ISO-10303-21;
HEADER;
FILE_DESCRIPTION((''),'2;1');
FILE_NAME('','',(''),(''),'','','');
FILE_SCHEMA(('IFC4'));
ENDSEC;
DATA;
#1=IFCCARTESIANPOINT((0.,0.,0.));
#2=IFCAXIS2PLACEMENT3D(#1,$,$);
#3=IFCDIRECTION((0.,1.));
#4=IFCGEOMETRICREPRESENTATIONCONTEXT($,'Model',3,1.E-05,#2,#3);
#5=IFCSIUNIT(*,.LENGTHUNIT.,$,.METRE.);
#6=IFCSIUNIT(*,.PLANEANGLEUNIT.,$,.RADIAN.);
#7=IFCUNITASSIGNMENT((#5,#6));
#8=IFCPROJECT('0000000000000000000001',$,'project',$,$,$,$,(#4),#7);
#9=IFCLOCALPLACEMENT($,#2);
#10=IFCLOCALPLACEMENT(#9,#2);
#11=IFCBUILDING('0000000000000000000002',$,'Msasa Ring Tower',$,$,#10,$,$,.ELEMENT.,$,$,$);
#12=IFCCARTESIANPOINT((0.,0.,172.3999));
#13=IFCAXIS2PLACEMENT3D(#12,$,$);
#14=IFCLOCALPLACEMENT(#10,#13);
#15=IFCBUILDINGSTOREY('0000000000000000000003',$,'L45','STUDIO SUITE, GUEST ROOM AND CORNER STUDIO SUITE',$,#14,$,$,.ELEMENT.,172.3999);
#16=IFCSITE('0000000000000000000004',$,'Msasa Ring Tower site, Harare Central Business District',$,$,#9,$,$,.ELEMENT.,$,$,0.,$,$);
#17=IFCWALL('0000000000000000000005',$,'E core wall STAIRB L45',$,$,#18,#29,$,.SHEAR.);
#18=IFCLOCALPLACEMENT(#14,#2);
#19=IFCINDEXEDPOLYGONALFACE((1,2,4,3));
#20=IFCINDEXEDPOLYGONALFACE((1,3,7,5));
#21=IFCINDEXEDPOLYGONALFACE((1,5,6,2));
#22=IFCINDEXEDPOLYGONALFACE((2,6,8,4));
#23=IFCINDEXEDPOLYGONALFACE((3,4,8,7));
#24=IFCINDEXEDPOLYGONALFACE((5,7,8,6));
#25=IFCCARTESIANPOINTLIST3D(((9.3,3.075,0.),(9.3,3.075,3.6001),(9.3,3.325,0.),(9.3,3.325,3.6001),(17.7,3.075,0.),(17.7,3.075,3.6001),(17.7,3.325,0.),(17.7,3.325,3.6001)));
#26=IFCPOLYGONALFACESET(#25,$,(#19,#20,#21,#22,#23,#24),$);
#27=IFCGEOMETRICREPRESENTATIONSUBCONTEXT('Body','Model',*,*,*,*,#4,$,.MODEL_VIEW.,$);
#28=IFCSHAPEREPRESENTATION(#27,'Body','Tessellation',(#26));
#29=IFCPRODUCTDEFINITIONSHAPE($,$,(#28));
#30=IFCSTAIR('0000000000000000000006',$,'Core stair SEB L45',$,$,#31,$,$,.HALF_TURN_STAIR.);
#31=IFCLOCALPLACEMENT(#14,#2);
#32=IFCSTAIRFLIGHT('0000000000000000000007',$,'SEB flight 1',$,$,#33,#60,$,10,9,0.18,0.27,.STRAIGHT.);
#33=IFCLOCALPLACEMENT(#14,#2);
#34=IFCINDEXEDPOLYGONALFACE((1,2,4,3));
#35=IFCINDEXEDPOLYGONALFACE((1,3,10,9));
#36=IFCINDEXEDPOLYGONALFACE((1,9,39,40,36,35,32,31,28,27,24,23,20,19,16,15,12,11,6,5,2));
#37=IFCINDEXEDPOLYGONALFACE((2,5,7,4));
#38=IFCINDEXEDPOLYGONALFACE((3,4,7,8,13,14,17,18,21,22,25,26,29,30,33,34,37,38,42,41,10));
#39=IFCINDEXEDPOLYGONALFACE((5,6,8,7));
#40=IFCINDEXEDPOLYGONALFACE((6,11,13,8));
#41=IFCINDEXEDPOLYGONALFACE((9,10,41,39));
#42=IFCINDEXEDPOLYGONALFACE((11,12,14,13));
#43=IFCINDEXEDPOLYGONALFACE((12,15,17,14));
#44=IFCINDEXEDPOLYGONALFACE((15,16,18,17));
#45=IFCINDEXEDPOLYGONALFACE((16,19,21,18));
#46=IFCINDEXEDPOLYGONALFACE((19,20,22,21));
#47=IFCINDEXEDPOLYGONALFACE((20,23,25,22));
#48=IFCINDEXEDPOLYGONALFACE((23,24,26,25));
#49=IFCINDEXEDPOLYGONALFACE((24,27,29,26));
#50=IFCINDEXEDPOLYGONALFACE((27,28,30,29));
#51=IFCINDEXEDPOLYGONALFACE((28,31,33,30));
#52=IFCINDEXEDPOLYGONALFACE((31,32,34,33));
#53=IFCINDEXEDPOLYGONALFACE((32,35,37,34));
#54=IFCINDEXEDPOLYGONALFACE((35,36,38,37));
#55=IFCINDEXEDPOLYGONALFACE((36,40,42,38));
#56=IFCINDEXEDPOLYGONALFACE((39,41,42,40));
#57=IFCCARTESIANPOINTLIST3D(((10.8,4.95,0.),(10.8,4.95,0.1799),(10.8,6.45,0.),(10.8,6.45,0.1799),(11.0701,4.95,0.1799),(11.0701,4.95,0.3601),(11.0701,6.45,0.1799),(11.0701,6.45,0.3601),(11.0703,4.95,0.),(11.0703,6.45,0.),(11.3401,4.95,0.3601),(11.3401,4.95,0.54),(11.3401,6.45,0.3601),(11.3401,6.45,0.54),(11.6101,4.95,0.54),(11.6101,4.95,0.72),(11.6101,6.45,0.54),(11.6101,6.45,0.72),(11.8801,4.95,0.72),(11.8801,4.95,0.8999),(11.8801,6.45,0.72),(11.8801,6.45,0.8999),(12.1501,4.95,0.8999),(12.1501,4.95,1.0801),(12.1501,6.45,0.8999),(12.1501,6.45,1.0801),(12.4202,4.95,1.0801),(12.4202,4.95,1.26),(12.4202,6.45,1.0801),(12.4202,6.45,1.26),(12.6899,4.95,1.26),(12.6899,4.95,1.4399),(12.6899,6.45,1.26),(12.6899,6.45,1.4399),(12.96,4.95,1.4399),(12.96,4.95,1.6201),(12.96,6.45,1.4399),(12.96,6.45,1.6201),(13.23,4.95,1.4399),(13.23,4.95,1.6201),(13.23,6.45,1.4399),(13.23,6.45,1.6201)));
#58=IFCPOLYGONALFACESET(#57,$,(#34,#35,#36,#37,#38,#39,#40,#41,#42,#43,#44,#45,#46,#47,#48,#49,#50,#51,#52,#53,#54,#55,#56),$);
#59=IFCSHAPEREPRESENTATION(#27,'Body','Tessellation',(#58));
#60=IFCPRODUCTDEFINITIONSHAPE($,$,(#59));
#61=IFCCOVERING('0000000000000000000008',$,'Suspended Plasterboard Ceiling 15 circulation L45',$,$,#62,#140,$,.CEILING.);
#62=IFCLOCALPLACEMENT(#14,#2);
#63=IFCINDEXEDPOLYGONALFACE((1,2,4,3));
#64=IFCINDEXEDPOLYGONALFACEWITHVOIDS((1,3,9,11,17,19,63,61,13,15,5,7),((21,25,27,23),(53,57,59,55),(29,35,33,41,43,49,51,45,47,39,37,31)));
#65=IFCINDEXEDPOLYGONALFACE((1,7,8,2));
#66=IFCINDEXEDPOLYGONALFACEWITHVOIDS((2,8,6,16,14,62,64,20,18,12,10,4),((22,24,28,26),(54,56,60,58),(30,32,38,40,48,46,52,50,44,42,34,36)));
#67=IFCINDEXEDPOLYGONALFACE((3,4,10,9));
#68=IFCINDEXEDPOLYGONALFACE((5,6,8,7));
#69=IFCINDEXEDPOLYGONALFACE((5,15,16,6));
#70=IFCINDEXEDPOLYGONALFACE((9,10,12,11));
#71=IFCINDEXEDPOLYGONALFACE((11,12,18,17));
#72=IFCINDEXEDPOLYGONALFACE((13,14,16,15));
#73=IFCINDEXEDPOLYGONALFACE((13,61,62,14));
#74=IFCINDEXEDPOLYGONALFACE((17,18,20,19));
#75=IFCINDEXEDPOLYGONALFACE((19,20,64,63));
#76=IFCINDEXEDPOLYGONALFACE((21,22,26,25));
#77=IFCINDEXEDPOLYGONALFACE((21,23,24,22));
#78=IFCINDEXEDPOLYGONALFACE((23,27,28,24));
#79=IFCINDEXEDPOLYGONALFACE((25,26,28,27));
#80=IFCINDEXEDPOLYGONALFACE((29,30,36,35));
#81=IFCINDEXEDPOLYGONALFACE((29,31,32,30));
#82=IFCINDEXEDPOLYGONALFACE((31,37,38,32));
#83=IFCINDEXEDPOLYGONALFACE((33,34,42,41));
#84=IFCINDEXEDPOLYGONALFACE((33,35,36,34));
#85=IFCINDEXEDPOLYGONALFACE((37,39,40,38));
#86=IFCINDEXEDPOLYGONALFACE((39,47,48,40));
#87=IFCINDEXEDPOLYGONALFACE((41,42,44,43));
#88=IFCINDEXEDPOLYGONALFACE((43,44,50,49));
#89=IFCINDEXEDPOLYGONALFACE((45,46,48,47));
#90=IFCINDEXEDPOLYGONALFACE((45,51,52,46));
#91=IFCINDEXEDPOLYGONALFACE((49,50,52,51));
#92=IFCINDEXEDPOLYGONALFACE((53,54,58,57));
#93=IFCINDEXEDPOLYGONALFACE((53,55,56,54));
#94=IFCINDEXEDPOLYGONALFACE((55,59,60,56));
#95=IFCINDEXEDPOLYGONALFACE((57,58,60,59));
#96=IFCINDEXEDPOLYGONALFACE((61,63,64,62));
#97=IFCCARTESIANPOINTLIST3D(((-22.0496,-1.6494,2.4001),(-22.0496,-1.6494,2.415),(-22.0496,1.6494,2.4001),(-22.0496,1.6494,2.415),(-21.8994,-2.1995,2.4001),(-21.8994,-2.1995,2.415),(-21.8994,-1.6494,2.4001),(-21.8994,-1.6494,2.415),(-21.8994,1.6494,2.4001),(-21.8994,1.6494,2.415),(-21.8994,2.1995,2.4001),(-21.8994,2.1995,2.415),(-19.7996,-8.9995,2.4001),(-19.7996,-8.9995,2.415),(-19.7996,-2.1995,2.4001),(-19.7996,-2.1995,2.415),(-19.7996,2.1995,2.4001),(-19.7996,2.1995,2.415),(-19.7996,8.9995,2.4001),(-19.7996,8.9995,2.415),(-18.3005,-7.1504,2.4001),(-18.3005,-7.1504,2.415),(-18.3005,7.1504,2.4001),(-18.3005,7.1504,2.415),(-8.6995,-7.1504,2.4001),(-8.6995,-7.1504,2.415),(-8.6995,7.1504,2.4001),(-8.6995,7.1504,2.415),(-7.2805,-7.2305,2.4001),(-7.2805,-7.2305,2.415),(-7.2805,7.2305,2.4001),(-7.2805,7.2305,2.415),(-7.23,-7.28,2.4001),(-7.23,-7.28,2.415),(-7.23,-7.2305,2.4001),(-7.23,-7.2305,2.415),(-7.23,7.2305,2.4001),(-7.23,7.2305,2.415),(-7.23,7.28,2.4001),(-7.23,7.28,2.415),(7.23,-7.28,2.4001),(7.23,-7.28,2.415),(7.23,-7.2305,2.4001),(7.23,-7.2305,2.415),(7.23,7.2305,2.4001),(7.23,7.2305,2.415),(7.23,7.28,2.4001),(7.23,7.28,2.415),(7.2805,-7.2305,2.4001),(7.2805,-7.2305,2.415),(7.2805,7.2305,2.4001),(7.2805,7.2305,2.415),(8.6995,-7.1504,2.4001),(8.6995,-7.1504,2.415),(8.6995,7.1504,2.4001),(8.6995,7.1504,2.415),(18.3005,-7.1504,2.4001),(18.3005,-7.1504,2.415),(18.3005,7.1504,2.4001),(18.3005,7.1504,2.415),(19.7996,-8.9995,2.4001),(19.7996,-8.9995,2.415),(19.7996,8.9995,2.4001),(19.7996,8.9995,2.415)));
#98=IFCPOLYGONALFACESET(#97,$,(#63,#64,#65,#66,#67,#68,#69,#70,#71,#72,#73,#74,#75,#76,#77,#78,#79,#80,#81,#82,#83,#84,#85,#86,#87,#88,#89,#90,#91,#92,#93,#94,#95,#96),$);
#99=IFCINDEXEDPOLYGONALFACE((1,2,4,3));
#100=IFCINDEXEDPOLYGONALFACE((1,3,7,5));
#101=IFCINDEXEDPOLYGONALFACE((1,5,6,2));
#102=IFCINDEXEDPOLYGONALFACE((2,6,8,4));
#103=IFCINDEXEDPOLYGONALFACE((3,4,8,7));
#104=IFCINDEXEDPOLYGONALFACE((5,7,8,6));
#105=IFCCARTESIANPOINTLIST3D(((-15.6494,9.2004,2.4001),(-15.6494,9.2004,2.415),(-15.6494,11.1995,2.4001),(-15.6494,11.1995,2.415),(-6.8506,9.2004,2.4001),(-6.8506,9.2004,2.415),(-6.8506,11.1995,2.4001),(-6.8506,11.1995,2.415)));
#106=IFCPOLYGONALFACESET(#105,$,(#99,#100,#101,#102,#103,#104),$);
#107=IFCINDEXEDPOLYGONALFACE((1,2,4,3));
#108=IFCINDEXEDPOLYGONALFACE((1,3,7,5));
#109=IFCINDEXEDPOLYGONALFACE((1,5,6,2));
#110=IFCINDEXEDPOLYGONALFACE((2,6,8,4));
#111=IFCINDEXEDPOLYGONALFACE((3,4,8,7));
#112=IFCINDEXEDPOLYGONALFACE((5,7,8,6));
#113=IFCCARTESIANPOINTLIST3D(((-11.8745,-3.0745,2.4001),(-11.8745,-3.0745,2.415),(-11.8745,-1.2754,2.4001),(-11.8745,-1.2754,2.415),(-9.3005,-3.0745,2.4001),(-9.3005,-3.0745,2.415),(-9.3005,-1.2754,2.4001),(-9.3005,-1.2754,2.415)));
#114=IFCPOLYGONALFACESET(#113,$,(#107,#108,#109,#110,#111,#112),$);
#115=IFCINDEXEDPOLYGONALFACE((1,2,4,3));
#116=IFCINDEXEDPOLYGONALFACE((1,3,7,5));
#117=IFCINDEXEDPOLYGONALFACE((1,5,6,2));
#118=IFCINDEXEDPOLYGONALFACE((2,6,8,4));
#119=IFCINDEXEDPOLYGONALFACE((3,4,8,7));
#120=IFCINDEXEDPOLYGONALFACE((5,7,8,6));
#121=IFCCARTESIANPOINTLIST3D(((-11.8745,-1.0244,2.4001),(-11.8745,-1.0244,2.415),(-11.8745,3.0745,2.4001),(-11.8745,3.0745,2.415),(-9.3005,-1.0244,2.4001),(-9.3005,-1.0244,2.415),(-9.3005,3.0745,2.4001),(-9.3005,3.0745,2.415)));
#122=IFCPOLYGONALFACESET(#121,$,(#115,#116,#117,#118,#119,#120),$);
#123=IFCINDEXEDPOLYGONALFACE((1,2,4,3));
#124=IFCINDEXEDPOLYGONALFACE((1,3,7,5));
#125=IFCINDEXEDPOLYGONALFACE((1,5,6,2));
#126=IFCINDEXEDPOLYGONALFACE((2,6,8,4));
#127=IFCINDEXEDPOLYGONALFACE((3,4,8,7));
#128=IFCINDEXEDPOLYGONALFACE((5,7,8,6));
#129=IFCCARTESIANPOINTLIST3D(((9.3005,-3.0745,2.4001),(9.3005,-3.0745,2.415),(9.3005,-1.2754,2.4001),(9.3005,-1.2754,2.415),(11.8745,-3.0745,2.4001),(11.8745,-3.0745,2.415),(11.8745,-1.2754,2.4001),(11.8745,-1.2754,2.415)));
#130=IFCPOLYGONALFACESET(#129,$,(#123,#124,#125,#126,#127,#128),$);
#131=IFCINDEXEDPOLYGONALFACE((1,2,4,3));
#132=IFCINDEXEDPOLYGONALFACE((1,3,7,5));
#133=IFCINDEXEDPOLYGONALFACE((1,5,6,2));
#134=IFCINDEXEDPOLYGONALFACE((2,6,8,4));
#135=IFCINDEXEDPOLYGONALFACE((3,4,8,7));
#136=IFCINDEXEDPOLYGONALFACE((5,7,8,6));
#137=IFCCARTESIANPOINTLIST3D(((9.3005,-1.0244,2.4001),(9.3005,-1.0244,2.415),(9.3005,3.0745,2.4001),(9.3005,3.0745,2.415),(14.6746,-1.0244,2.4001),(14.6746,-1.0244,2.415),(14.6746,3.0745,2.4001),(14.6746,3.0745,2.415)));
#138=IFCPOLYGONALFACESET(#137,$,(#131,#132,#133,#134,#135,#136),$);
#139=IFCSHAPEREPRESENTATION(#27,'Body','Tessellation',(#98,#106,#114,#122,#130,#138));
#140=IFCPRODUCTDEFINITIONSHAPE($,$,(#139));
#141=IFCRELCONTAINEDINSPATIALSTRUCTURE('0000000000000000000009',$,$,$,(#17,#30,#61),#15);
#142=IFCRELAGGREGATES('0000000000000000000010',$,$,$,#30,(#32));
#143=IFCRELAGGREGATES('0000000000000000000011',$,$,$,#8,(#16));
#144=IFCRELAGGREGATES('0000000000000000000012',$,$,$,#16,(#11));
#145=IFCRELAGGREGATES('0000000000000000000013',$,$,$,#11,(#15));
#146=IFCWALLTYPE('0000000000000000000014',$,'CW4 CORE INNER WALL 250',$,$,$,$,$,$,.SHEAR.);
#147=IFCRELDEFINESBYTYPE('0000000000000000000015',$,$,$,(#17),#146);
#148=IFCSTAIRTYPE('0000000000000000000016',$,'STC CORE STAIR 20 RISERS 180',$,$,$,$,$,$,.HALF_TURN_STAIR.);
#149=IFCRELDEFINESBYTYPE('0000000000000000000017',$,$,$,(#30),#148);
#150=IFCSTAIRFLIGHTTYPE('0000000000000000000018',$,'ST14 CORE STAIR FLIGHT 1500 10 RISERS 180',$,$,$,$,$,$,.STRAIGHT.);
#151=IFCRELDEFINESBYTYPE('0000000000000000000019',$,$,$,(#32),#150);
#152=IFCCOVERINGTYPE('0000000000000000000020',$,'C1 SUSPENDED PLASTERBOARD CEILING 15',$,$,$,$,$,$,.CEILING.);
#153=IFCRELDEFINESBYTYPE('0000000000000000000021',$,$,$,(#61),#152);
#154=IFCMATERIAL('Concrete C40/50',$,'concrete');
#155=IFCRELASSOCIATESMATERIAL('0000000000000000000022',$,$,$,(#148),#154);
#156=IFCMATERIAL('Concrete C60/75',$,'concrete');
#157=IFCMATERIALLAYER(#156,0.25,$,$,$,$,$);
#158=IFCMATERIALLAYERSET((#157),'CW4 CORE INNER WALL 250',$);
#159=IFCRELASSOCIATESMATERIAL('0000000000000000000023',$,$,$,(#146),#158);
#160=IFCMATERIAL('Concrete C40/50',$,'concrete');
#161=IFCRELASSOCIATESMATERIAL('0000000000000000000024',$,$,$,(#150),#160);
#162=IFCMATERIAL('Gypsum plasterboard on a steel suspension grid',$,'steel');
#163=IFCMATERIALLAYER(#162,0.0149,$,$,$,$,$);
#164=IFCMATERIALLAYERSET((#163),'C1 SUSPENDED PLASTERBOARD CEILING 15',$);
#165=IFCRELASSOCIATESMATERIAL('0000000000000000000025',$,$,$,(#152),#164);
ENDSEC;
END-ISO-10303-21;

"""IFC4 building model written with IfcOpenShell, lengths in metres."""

from ifc_helpers import new_model, si_unit, direction, frame, frame_2d, origin, place, context, subcontext, project, spatial, polyline, line, indexed_curve, rectangle, outline, extrude, material, layer, layer_set, type_object, element, aggregate, save


model = new_model("IFC4")

# Units and contexts
model_context = context("Model", 3, precision=1e-05, world=origin(), true_north=direction((0.0, 1.0)))
body_context = subcontext(model_context, "Body", "Model", "MODEL_VIEW")
ifc_project = project(units=[si_unit("LENGTHUNIT", "METRE"), si_unit("PLANEANGLEUNIT", "RADIAN")], contexts=[model_context])

# Site, building, storey
site_placement = place(None, origin())
site = spatial("IfcSite", under=ifc_project, at=site_placement, Name="Msasa Ring Tower site, Harare Central Business District", CompositionType="ELEMENT", RefElevation=0.0)
building_placement = place(site_placement, origin())
building = spatial("IfcBuilding", under=site, at=building_placement, Name="Msasa Ring Tower", CompositionType="ELEMENT")
storey_placement = place(building_placement, frame((0.0, 0.0, 172.3999)))
storey = spatial("IfcBuildingStorey", under=building, at=storey_placement, Name="L45", Description="STUDIO SUITE, GUEST ROOM AND CORNER STUDIO SUITE", CompositionType="ELEMENT", Elevation=172.3999)

# Shared definitions
ifc_material_1 = material(Name="Concrete C40/50", Category="concrete")
stair_type = type_object("IfcStairType", Name="STC CORE STAIR 20 RISERS 180", PredefinedType="HALF_TURN_STAIR", material=ifc_material_1)

# Wall
ifc_material_2 = material(Name="Concrete C60/75", Category="concrete")
ifc_layer_1 = layer(ifc_material_2, 0.25)
ifc_layer_set_1 = layer_set([ifc_layer_1], Name="CW4 CORE INNER WALL 250")
wall_type = type_object("IfcWallType", Name="CW4 CORE INNER WALL 250", PredefinedType="SHEAR", material=ifc_layer_set_1)
wall_placement = place(storey_placement, frame((9.3, 3.2, 0.0), z_axis=(0.0, 0.0, 1.0), x_axis=(1.0, 0.0, 0.0)))
element("IfcWall", 1, at=wall_placement, inside=storey, type_object=wall_type, Name="E core wall STAIRB L45", PredefinedType="SHEAR", context=body_context, shape_type="SweptSolid", body=[
    extrude(rectangle(XDim=8.3999, YDim=0.25, at=frame_2d((4.2, 0.0))), origin(), (0.0, 0.0, 1.0), 3.6001),
])

# Stair, stair flight
stair_1_placement = place(storey_placement, origin())
stair_1 = element("IfcStair", 2, at=stair_1_placement, inside=storey, type_object=stair_type, Name="Core stair SEB L45", PredefinedType="HALF_TURN_STAIR")
ifc_material_3 = material(Name="Concrete C40/50", Category="concrete")
stair_flight_type = type_object("IfcStairFlightType", Name="ST14 CORE STAIR FLIGHT 1500 10 RISERS 180", PredefinedType="STRAIGHT", material=ifc_material_3)
stair_flight_placement = place(storey_placement, frame((10.8, 5.7, 0.0), z_axis=(0.0, 0.0, 1.0), x_axis=(1.0, 0.0, 0.0)))
stair_flight = element("IfcStairFlight", 3, at=stair_flight_placement, type_object=stair_flight_type, Name="SEB flight 1", NumberOfRisers=10, NumberOfTreads=9, PredefinedType="STRAIGHT", RiserHeight=0.18, TreadLength=0.27, context=body_context, shape_type="SweptSolid", body=[
    extrude(outline(polyline([(0.0, 0.0), (0.0, 0.1799), (0.27, 0.1799), (0.27, 0.3601), (0.54, 0.3601), (0.54, 0.54), (0.8101, 0.54), (0.8101, 0.72), (1.0801, 0.72), (1.0801, 0.8999), (1.3501, 0.8999), (1.3501, 1.0801), (1.6201, 1.0801), (1.6201, 1.26), (1.8899, 1.26), (1.8899, 1.4399), (2.1599, 1.4399), (2.1599, 1.6201), (2.4299, 1.6201), (2.4299, 1.8), (2.4299, 1.4399), (0.2703, 0.0), (0.0, 0.0)])), frame((0.0, 0.75, 0.0), z_axis=(0.0, -1.0, 0.0), x_axis=(1.0, 0.0, 0.0)), (0.0, 0.0, 1.0), 1.5),
])
aggregate(stair_1, [stair_flight])

# Covering
ifc_material_4 = material(Name="Gypsum plasterboard on a steel suspension grid", Category="steel")
ifc_layer_2 = layer(ifc_material_4, 0.0149)
ifc_layer_set_2 = layer_set([ifc_layer_2], Name="C1 SUSPENDED PLASTERBOARD CEILING 15")
covering_type_1 = type_object("IfcCoveringType", Name="C1 SUSPENDED PLASTERBOARD CEILING 15", PredefinedType="CEILING", material=ifc_layer_set_2)
covering_1_placement = place(storey_placement, frame((0.0, 0.0, 2.4001)))
element("IfcCovering", 4, at=covering_1_placement, inside=storey, type_object=covering_type_1, Name="Suspended Plasterboard Ceiling 15 circulation L45", PredefinedType="CEILING", context=body_context, shape_type="SweptSolid", body=[
    extrude(outline(indexed_curve([(-22.0496, 1.6494), (-21.8994, 1.6494), (-21.8994, 2.1995), (-19.7996, 2.1995), (-19.7996, 8.9995), (19.7996, 8.9995), (19.7996, -8.9995), (-19.7996, -8.9995), (-19.7996, -2.1995), (-21.8994, -2.1995), (-21.8994, -1.6494), (-22.0496, -1.6494)], segments=[line(1, 2, 3, 4, 5, 6, 7, 8, 9, 10, 11, 12, 1)], self_intersect=False), holes=[indexed_curve([(8.6995, -7.1504), (18.3005, -7.1504), (18.3005, 7.1504), (8.6995, 7.1504)], segments=[line(1, 2, 3, 4, 1)], self_intersect=False), indexed_curve([(-18.3005, 7.1504), (-18.3005, -7.1504), (-8.6995, -7.1504), (-8.6995, 7.1504)], segments=[line(1, 2, 3, 4, 1)], self_intersect=False), indexed_curve([(-7.2805, 7.2305), (-7.2805, -7.2305), (-7.23, -7.2305), (-7.23, -7.28), (7.23, -7.28), (7.23, -7.2305), (7.2805, -7.2305), (7.2805, 7.2305), (7.23, 7.2305), (7.23, 7.28), (-7.23, 7.28), (-7.23, 7.2305)], segments=[line(1, 2, 3, 4, 5, 6, 7, 8, 9, 10, 11, 12, 1)], self_intersect=False)]), origin(), (0.0, 0.0, 1.0), 0.0149),
    extrude(outline(indexed_curve([(-15.6494, 9.2004), (-15.6494, 11.1995), (-6.8506, 11.1995), (-6.8506, 9.2004)], segments=[line(1, 2, 3, 4, 1)], self_intersect=False)), origin(), (0.0, 0.0, 1.0), 0.0149),
    extrude(outline(indexed_curve([(-9.3005, -3.0745), (-11.8745, -3.0745), (-11.8745, -1.2754), (-9.3005, -1.2754)], segments=[line(1, 2, 3, 4, 1)], self_intersect=False)), origin(), (0.0, 0.0, 1.0), 0.0149),
    extrude(outline(indexed_curve([(-9.3005, -1.0244), (-11.8745, -1.0244), (-11.8745, 3.0745), (-9.3005, 3.0745)], segments=[line(1, 2, 3, 4, 1)], self_intersect=False)), origin(), (0.0, 0.0, 1.0), 0.0149),
    extrude(outline(indexed_curve([(9.3005, -3.0745), (9.3005, -1.2754), (11.8745, -1.2754), (11.8745, -3.0745)], segments=[line(1, 2, 3, 4, 1)], self_intersect=False)), origin(), (0.0, 0.0, 1.0), 0.0149),
    extrude(outline(indexed_curve([(9.3005, -1.0244), (9.3005, 3.0745), (14.6746, 3.0745), (14.6746, -1.0244)], segments=[line(1, 2, 3, 4, 1)], self_intersect=False)), origin(), (0.0, 0.0, 1.0), 0.0149),
])

save(model, "model.ifc")
